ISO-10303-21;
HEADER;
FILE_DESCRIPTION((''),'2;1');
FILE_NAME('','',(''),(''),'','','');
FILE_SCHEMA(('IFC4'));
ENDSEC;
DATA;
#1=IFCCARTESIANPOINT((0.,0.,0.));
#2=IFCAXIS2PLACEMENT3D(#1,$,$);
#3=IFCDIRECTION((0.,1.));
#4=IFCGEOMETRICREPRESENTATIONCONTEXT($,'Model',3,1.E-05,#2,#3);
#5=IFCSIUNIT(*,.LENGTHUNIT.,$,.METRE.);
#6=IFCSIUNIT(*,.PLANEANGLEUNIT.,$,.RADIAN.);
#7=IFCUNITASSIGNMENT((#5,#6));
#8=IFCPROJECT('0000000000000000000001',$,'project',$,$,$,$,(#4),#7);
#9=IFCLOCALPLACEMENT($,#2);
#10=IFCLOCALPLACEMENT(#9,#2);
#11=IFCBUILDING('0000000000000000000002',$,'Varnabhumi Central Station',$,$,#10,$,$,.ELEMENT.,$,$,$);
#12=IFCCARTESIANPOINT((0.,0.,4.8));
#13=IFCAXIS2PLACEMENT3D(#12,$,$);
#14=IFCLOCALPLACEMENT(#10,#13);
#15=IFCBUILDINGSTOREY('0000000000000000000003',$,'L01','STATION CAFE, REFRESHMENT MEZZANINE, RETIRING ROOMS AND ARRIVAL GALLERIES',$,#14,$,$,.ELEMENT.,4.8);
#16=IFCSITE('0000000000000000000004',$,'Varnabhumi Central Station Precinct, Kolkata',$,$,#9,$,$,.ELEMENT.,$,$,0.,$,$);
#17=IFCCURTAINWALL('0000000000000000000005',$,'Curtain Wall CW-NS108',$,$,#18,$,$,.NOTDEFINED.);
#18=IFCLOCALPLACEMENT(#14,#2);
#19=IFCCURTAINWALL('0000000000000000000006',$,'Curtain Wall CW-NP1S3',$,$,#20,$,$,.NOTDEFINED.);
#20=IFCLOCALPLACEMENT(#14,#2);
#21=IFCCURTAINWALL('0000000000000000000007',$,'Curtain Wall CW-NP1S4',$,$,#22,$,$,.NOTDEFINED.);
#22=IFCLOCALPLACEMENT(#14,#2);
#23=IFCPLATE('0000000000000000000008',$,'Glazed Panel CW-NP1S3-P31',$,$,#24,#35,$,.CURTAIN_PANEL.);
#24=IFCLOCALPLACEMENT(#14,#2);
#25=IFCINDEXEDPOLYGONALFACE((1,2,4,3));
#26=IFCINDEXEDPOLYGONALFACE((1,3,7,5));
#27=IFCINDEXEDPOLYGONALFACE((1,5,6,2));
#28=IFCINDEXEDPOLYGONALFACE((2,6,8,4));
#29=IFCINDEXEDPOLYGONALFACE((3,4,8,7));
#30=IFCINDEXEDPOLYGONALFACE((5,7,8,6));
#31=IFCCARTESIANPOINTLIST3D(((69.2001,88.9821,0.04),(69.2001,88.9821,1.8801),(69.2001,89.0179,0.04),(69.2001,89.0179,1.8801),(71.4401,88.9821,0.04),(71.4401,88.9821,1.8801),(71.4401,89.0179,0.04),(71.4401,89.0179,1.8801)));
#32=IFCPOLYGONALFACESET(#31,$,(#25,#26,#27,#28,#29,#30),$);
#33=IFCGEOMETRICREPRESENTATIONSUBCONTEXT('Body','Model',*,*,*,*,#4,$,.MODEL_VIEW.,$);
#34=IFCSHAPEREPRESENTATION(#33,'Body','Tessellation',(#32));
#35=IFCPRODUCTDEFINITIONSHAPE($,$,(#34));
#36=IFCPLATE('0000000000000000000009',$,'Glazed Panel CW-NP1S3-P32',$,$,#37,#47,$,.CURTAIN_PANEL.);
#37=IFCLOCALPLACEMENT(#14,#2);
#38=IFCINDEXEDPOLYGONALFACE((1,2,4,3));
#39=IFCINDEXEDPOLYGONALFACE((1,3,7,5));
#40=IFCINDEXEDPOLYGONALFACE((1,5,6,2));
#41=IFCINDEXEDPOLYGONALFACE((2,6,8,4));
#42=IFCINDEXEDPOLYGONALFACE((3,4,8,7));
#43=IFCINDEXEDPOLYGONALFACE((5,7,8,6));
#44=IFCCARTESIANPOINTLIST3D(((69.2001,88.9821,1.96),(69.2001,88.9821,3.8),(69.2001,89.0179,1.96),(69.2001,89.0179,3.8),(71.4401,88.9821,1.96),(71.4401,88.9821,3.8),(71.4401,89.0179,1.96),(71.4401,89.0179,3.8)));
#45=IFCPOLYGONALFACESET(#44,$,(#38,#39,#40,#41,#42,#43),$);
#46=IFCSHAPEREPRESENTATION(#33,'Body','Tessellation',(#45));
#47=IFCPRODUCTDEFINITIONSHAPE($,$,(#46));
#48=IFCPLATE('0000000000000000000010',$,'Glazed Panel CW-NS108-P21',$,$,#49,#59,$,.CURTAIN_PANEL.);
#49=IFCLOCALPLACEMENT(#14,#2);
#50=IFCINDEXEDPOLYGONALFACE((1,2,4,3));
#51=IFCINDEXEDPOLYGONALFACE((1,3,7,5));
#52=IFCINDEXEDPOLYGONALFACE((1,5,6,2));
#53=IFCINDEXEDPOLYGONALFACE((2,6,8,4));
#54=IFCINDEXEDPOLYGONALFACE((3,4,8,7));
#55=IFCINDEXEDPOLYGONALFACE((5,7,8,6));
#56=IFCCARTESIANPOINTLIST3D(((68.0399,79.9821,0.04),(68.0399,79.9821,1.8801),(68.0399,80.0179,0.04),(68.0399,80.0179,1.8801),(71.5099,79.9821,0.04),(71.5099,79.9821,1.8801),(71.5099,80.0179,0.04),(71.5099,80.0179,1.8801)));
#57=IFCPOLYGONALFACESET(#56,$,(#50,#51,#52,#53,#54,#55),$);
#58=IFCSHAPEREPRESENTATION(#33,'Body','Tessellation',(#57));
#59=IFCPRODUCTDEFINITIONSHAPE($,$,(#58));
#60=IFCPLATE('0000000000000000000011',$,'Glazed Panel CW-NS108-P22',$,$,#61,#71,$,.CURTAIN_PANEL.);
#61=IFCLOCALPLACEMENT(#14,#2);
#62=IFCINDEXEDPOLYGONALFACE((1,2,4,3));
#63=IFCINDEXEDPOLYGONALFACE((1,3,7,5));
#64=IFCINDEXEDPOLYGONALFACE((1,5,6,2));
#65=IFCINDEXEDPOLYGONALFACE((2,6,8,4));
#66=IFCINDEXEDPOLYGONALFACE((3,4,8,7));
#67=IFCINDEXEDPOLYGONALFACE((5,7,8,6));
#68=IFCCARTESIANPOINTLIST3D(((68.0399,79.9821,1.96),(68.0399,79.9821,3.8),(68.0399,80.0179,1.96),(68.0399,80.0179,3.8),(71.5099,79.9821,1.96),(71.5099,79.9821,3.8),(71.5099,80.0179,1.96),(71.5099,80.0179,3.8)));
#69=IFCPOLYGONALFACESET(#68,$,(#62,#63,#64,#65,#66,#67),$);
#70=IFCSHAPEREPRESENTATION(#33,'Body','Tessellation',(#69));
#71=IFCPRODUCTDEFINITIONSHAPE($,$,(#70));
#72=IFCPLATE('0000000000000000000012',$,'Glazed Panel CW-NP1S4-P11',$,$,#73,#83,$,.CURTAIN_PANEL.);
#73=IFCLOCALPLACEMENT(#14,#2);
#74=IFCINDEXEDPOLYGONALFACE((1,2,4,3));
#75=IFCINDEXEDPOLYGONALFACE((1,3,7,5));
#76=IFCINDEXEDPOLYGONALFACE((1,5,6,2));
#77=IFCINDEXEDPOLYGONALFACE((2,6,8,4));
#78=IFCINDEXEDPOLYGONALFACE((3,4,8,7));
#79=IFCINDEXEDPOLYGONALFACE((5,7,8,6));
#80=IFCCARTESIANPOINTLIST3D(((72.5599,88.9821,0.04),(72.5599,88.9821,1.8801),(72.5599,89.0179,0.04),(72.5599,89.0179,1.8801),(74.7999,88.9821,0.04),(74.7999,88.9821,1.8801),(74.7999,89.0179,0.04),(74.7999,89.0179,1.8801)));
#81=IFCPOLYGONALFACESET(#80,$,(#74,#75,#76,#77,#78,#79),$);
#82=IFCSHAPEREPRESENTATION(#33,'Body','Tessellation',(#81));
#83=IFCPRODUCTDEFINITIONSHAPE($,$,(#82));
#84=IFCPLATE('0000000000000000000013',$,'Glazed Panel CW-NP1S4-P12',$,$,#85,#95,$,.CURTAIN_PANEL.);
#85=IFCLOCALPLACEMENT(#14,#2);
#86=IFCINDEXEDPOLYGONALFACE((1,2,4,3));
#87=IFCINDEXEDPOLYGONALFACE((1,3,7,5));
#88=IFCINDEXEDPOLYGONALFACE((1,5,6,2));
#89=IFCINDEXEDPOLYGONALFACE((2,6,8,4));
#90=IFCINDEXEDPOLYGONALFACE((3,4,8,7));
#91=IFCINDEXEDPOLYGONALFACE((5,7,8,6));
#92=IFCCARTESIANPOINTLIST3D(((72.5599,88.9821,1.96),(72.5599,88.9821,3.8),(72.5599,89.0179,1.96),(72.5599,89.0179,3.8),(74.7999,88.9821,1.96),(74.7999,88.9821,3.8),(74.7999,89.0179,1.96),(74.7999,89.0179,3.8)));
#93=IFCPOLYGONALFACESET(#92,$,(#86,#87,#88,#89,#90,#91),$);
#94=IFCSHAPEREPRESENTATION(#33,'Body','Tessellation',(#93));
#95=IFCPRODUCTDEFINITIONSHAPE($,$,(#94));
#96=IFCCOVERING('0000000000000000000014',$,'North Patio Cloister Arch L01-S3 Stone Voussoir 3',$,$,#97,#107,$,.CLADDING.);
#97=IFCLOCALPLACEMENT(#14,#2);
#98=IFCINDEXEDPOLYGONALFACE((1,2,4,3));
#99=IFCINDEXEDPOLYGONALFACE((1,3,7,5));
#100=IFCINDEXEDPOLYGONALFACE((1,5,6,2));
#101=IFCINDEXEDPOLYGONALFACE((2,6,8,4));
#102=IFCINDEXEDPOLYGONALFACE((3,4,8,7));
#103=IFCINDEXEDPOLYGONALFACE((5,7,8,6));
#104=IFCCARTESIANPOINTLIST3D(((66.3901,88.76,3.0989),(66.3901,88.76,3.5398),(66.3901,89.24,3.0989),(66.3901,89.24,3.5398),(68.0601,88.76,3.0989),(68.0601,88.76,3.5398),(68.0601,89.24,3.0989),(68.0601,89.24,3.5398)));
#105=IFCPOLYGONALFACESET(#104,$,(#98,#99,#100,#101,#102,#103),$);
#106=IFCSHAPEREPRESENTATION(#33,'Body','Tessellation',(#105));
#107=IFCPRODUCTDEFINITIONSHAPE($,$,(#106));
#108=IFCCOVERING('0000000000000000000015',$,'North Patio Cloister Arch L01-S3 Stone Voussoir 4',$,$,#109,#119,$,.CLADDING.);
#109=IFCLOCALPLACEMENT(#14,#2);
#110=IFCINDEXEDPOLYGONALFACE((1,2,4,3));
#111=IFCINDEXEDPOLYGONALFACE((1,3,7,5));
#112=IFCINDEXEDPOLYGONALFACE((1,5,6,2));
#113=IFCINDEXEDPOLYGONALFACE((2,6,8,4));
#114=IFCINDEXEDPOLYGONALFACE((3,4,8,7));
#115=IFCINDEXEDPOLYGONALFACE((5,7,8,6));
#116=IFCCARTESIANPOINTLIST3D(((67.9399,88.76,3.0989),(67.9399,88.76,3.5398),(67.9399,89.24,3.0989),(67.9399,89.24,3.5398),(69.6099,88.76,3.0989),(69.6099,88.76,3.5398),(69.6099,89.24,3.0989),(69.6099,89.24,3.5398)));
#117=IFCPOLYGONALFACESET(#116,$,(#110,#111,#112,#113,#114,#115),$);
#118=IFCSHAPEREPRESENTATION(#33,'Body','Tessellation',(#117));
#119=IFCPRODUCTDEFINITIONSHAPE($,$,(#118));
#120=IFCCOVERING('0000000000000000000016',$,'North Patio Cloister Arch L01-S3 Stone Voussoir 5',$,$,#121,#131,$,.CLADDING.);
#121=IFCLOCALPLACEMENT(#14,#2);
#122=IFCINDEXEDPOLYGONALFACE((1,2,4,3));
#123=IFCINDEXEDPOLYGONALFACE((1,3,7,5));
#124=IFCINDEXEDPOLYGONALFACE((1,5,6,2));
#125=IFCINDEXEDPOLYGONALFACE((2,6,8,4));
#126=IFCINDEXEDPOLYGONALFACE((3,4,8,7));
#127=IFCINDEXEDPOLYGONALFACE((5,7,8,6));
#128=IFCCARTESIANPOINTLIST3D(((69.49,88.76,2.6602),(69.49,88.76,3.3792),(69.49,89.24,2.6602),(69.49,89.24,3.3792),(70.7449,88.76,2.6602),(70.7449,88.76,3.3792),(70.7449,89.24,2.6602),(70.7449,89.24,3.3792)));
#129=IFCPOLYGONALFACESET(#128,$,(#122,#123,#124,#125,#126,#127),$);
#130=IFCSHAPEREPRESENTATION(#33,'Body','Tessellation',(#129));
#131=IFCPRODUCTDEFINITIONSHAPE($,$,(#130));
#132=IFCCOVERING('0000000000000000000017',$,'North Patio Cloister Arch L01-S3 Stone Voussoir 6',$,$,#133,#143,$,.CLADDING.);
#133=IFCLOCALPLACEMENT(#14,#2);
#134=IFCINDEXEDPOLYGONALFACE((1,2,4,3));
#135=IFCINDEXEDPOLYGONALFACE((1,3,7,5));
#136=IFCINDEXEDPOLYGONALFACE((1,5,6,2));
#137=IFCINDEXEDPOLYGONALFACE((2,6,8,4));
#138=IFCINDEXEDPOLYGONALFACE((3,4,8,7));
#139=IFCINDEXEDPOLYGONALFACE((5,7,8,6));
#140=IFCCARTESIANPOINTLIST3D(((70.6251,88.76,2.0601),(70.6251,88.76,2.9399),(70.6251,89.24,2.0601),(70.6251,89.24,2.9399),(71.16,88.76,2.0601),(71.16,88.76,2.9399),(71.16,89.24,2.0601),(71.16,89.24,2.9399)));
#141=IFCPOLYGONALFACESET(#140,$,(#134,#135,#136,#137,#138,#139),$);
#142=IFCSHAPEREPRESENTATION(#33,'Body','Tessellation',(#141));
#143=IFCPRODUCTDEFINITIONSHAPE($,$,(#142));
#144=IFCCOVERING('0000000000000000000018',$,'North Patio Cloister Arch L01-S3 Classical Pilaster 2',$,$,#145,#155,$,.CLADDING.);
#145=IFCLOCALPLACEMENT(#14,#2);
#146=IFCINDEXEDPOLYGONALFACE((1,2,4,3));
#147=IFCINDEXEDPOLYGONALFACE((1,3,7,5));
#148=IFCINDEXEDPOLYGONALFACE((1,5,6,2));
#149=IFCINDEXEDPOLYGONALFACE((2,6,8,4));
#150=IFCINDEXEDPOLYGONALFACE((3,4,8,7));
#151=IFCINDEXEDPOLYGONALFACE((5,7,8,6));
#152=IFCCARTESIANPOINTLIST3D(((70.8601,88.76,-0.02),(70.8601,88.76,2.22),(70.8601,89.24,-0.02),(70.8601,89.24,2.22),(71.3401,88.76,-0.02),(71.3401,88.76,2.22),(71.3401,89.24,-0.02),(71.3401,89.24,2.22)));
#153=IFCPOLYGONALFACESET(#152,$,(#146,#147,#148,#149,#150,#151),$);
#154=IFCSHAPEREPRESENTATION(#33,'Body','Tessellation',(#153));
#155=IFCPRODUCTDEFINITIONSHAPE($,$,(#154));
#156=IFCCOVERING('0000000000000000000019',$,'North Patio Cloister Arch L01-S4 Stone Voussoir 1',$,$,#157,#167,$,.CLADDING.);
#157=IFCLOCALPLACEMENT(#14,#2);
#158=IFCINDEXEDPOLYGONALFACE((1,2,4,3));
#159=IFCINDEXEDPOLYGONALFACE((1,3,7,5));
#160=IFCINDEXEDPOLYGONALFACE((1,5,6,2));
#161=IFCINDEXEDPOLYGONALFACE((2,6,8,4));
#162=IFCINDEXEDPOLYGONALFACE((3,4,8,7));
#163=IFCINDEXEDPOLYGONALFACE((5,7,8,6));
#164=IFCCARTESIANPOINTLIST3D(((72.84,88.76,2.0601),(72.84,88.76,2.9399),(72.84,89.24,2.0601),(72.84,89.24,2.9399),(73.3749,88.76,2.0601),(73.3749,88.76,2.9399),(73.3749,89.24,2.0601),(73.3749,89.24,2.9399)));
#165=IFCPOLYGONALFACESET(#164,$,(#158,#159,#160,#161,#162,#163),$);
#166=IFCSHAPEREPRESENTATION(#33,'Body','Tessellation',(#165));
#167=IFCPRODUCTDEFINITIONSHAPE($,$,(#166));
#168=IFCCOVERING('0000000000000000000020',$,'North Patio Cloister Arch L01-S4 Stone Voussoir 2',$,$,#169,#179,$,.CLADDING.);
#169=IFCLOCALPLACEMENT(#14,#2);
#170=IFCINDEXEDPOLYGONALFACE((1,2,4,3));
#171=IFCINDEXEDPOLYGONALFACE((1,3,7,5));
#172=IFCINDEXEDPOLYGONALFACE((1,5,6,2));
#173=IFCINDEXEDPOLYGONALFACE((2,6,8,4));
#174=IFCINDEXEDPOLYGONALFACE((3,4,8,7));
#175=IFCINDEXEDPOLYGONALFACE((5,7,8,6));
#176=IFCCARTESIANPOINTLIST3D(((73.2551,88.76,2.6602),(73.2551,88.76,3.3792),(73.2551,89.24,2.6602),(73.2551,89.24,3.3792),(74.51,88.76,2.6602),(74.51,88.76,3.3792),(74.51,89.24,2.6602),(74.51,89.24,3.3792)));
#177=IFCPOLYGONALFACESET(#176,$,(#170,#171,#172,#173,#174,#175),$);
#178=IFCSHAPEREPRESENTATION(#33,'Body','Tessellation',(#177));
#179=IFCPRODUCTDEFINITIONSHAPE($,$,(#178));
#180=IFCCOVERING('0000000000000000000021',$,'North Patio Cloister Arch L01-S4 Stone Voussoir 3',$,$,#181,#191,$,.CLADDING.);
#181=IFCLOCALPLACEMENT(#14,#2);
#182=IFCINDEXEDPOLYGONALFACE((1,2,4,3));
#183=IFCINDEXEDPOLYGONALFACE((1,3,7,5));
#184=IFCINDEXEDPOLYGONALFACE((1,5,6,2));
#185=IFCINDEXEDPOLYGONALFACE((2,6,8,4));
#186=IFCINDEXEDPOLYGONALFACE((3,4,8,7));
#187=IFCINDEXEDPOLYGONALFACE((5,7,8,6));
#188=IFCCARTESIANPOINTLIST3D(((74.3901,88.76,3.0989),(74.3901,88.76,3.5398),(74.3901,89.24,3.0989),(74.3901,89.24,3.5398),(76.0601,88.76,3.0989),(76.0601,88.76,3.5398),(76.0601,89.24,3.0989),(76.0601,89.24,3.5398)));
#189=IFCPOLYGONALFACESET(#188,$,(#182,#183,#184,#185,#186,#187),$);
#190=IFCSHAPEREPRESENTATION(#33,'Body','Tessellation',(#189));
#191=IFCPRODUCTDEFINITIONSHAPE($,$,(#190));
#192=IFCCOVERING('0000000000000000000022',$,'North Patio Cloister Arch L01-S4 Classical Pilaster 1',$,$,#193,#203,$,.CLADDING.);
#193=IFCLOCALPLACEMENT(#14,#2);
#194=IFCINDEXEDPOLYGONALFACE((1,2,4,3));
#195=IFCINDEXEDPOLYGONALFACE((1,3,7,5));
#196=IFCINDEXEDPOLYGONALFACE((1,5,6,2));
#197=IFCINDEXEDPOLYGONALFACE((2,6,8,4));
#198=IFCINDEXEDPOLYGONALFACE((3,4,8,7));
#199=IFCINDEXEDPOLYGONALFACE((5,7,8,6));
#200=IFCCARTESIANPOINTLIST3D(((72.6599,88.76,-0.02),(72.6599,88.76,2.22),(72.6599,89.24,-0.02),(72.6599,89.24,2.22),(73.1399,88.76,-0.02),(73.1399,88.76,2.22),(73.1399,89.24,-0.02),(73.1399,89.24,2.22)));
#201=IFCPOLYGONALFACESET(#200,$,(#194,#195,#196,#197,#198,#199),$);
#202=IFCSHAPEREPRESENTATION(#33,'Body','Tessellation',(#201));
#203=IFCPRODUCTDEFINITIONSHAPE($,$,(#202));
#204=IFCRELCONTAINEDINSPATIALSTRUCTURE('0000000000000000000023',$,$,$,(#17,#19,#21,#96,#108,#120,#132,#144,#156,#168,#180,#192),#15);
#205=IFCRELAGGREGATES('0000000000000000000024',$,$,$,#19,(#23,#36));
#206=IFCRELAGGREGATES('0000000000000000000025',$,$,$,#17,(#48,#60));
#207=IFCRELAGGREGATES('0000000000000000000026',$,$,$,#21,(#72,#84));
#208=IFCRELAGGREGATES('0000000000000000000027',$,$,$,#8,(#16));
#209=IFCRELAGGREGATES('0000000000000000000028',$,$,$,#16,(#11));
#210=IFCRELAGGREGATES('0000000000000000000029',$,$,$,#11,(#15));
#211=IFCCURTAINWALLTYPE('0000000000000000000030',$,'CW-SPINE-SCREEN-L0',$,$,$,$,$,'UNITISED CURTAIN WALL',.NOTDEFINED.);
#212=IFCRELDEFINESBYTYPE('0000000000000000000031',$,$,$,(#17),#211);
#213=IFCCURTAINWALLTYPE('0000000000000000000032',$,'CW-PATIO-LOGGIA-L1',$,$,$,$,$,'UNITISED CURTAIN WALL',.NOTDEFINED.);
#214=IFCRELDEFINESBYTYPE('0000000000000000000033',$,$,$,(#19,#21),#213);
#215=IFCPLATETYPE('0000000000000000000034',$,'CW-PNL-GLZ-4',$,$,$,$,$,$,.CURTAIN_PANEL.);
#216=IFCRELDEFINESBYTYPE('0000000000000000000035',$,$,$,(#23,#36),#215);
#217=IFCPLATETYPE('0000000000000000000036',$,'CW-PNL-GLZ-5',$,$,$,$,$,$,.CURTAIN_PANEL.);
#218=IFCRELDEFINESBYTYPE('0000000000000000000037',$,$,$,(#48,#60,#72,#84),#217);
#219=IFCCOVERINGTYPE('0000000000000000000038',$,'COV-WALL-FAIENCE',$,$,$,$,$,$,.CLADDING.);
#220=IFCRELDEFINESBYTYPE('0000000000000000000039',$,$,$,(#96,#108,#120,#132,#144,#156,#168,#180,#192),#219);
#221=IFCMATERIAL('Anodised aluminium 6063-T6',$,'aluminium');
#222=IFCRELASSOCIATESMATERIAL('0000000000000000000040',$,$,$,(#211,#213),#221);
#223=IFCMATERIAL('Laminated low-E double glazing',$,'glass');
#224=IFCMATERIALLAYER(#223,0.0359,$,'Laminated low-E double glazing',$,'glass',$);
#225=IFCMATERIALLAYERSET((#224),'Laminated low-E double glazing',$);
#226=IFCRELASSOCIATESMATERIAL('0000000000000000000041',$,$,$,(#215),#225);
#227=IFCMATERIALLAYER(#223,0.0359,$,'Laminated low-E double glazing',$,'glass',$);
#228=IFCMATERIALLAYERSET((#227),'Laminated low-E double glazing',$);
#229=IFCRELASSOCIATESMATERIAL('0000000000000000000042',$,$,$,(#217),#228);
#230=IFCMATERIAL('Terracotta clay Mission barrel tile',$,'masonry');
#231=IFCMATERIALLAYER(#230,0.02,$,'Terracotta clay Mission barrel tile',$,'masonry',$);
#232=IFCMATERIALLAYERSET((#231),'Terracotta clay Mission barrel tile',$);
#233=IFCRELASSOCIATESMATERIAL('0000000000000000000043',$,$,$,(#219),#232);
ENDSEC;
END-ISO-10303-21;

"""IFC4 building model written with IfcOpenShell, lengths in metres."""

from ifc_helpers import new_model, si_unit, direction, frame, origin, origin_2d, place, context, subcontext, project, spatial, rectangle, extrude, material, layer, layer_set, type_object, element, aggregate, save


model = new_model("IFC4")

# Units and contexts
model_context = context("Model", 3, precision=1e-05, world=origin(), true_north=direction((0.0, 1.0)))
body_context = subcontext(model_context, "Body", "Model", "MODEL_VIEW")
ifc_project = project(units=[si_unit("LENGTHUNIT", "METRE"), si_unit("PLANEANGLEUNIT", "RADIAN")], contexts=[model_context])

# Site, building, storey
site_placement = place(None, origin())
site = spatial("IfcSite", under=ifc_project, at=site_placement, Name="Varnabhumi Central Station Precinct, Kolkata", CompositionType="ELEMENT", RefElevation=0.0)
building_placement = place(site_placement, origin())
building = spatial("IfcBuilding", under=site, at=building_placement, Name="Varnabhumi Central Station", CompositionType="ELEMENT")
storey_placement = place(building_placement, frame((0.0, 0.0, 4.8)))
storey = spatial("IfcBuildingStorey", under=building, at=storey_placement, Name="L01", Description="STATION CAFE, REFRESHMENT MEZZANINE, RETIRING ROOMS AND ARRIVAL GALLERIES", CompositionType="ELEMENT", Elevation=4.8)

# Curtain walls
ifc_material_1 = material(Name="Anodised aluminium 6063-T6", Category="aluminium")
curtain_wall_type_1 = type_object("IfcCurtainWallType", Name="CW-SPINE-SCREEN-L0", ElementType="UNITISED CURTAIN WALL", PredefinedType="NOTDEFINED", material=ifc_material_1)
curtain_wall_1_placement = place(storey_placement, origin())
curtain_wall_1 = element("IfcCurtainWall", 1, at=curtain_wall_1_placement, inside=storey, type_object=curtain_wall_type_1, Name="Curtain Wall CW-NS108", PredefinedType="NOTDEFINED")
curtain_wall_type_2 = type_object("IfcCurtainWallType", Name="CW-PATIO-LOGGIA-L1", ElementType="UNITISED CURTAIN WALL", PredefinedType="NOTDEFINED", material=ifc_material_1)
curtain_wall_2_placement = place(storey_placement, origin())
curtain_wall_2 = element("IfcCurtainWall", 2, at=curtain_wall_2_placement, inside=storey, type_object=curtain_wall_type_2, Name="Curtain Wall CW-NP1S3", PredefinedType="NOTDEFINED")
curtain_wall_3_placement = place(storey_placement, origin())
curtain_wall_3 = element("IfcCurtainWall", 3, at=curtain_wall_3_placement, inside=storey, type_object=curtain_wall_type_2, Name="Curtain Wall CW-NP1S4", PredefinedType="NOTDEFINED")

# Plates
ifc_material_2 = material(Name="Laminated low-E double glazing", Category="glass")
ifc_layer_1 = layer(ifc_material_2, 0.0359, Name="Laminated low-E double glazing", Category="glass")
ifc_layer_set_1 = layer_set([ifc_layer_1], Name="Laminated low-E double glazing")
plate_type_1 = type_object("IfcPlateType", Name="CW-PNL-GLZ-4", PredefinedType="CURTAIN_PANEL", material=ifc_layer_set_1)
plate_1_placement = place(storey_placement, frame((70.3201, 89.0, 0.04), z_axis=(0.0, 0.0, 1.0), x_axis=(1.0, 0.0, 0.0)))
plate_1 = element("IfcPlate", 4, at=plate_1_placement, type_object=plate_type_1, Name="Glazed Panel CW-NP1S3-P31", PredefinedType="CURTAIN_PANEL", context=body_context, shape_type="SweptSolid", body=[
    extrude(rectangle(XDim=2.24, YDim=0.0359, at=origin_2d()), origin(), (0.0, 0.0, 1.0), 1.8401),
])
plate_2_placement = place(storey_placement, frame((70.3201, 89.0, 1.96), z_axis=(0.0, 0.0, 1.0), x_axis=(1.0, 0.0, 0.0)))
plate_2 = element("IfcPlate", 5, at=plate_2_placement, type_object=plate_type_1, Name="Glazed Panel CW-NP1S3-P32", PredefinedType="CURTAIN_PANEL", context=body_context, shape_type="SweptSolid", body=[
    extrude(rectangle(XDim=2.24, YDim=0.0359, at=origin_2d()), origin(), (0.0, 0.0, 1.0), 1.8401),
])
aggregate(curtain_wall_2, [plate_1, plate_2])
ifc_layer_2 = layer(ifc_material_2, 0.0359, Name="Laminated low-E double glazing", Category="glass")
ifc_layer_set_2 = layer_set([ifc_layer_2], Name="Laminated low-E double glazing")
plate_type_2 = type_object("IfcPlateType", Name="CW-PNL-GLZ-5", PredefinedType="CURTAIN_PANEL", material=ifc_layer_set_2)
plate_3_placement = place(storey_placement, frame((69.7749, 80.0, 0.04), z_axis=(0.0, 0.0, 1.0), x_axis=(1.0, 0.0, 0.0)))
plate_3 = element("IfcPlate", 6, at=plate_3_placement, type_object=plate_type_2, Name="Glazed Panel CW-NS108-P21", PredefinedType="CURTAIN_PANEL", context=body_context, shape_type="SweptSolid", body=[
    extrude(rectangle(XDim=3.47, YDim=0.0359, at=origin_2d()), origin(), (0.0, 0.0, 1.0), 1.8401),
])
plate_4_placement = place(storey_placement, frame((69.7749, 80.0, 1.96), z_axis=(0.0, 0.0, 1.0), x_axis=(1.0, 0.0, 0.0)))
plate_4 = element("IfcPlate", 7, at=plate_4_placement, type_object=plate_type_2, Name="Glazed Panel CW-NS108-P22", PredefinedType="CURTAIN_PANEL", context=body_context, shape_type="SweptSolid", body=[
    extrude(rectangle(XDim=3.47, YDim=0.0359, at=origin_2d()), origin(), (0.0, 0.0, 1.0), 1.8401),
])
aggregate(curtain_wall_1, [plate_3, plate_4])
plate_5_placement = place(storey_placement, frame((73.6799, 89.0, 0.04), z_axis=(0.0, 0.0, 1.0), x_axis=(1.0, 0.0, 0.0)))
plate_5 = element("IfcPlate", 8, at=plate_5_placement, type_object=plate_type_2, Name="Glazed Panel CW-NP1S4-P11", PredefinedType="CURTAIN_PANEL", context=body_context, shape_type="SweptSolid", body=[
    extrude(rectangle(XDim=2.24, YDim=0.0359, at=origin_2d()), origin(), (0.0, 0.0, 1.0), 1.8401),
])
plate_6_placement = place(storey_placement, frame((73.6799, 89.0, 1.96), z_axis=(0.0, 0.0, 1.0), x_axis=(1.0, 0.0, 0.0)))
plate_6 = element("IfcPlate", 9, at=plate_6_placement, type_object=plate_type_2, Name="Glazed Panel CW-NP1S4-P12", PredefinedType="CURTAIN_PANEL", context=body_context, shape_type="SweptSolid", body=[
    extrude(rectangle(XDim=2.24, YDim=0.0359, at=origin_2d()), origin(), (0.0, 0.0, 1.0), 1.8401),
])
aggregate(curtain_wall_3, [plate_5, plate_6])

# Coverings
ifc_material_3 = material(Name="Terracotta clay Mission barrel tile", Category="masonry")
ifc_layer_3 = layer(ifc_material_3, 0.02, Name="Terracotta clay Mission barrel tile", Category="masonry")
ifc_layer_set_3 = layer_set([ifc_layer_3], Name="Terracotta clay Mission barrel tile")
covering_type = type_object("IfcCoveringType", Name="COV-WALL-FAIENCE", PredefinedType="CLADDING", material=ifc_layer_set_3)
for number, where, z_axis, x_axis, name in (
    (10, (67.2251, 89.0, 3.0989), (0.0, 0.0, 1.0), (1.0, 0.0, 0.0), "North Patio Cloister Arch L01-S3 Stone Voussoir 3"),
    (11, (68.7749, 89.0, 3.0989), (0.0, 0.0, 1.0), (1.0, 0.0, 0.0), "North Patio Cloister Arch L01-S3 Stone Voussoir 4"),
):
    element("IfcCovering", number, at=place(storey_placement, frame(where, z_axis=z_axis, x_axis=x_axis)), inside=storey, type_object=covering_type, Name=name, PredefinedType="CLADDING", context=body_context, shape_type="SweptSolid", body=[
        extrude(rectangle(XDim=1.6699, YDim=0.48, at=origin_2d()), origin(), (0.0, 0.0, 1.0), 0.4409),
    ])
covering_1_placement = place(storey_placement, frame((70.1174, 89.0, 2.6602), z_axis=(0.0, 0.0, 1.0), x_axis=(1.0, 0.0, 0.0)))
element("IfcCovering", 12, at=covering_1_placement, inside=storey, type_object=covering_type, Name="North Patio Cloister Arch L01-S3 Stone Voussoir 5", PredefinedType="CLADDING", context=body_context, shape_type="SweptSolid", body=[
    extrude(rectangle(XDim=1.2549, YDim=0.48, at=origin_2d()), origin(), (0.0, 0.0, 1.0), 0.719),
])
covering_2_placement = place(storey_placement, frame((70.8926, 89.0, 2.0601), z_axis=(0.0, 0.0, 1.0), x_axis=(1.0, 0.0, 0.0)))
element("IfcCovering", 13, at=covering_2_placement, inside=storey, type_object=covering_type, Name="North Patio Cloister Arch L01-S3 Stone Voussoir 6", PredefinedType="CLADDING", context=body_context, shape_type="SweptSolid", body=[
    extrude(rectangle(XDim=0.5349, YDim=0.48, at=origin_2d()), origin(), (0.0, 0.0, 1.0), 0.8799),
])
covering_3_placement = place(storey_placement, frame((71.1001, 89.0, -0.02), z_axis=(0.0, 0.0, 1.0), x_axis=(1.0, 0.0, 0.0)))
element("IfcCovering", 14, at=covering_3_placement, inside=storey, type_object=covering_type, Name="North Patio Cloister Arch L01-S3 Classical Pilaster 2", PredefinedType="CLADDING", context=body_context, shape_type="SweptSolid", body=[
    extrude(rectangle(XDim=0.48, YDim=0.48, at=origin_2d()), origin(), (0.0, 0.0, 1.0), 2.24),
])
covering_4_placement = place(storey_placement, frame((73.1074, 89.0, 2.0601), z_axis=(0.0, 0.0, 1.0), x_axis=(1.0, 0.0, 0.0)))
element("IfcCovering", 15, at=covering_4_placement, inside=storey, type_object=covering_type, Name="North Patio Cloister Arch L01-S4 Stone Voussoir 1", PredefinedType="CLADDING", context=body_context, shape_type="SweptSolid", body=[
    extrude(rectangle(XDim=0.5349, YDim=0.48, at=origin_2d()), origin(), (0.0, 0.0, 1.0), 0.8799),
])
covering_5_placement = place(storey_placement, frame((73.8826, 89.0, 2.6602), z_axis=(0.0, 0.0, 1.0), x_axis=(1.0, 0.0, 0.0)))
element("IfcCovering", 16, at=covering_5_placement, inside=storey, type_object=covering_type, Name="North Patio Cloister Arch L01-S4 Stone Voussoir 2", PredefinedType="CLADDING", context=body_context, shape_type="SweptSolid", body=[
    extrude(rectangle(XDim=1.2549, YDim=0.48, at=origin_2d()), origin(), (0.0, 0.0, 1.0), 0.719),
])
covering_6_placement = place(storey_placement, frame((75.2251, 89.0, 3.0989), z_axis=(0.0, 0.0, 1.0), x_axis=(1.0, 0.0, 0.0)))
element("IfcCovering", 17, at=covering_6_placement, inside=storey, type_object=covering_type, Name="North Patio Cloister Arch L01-S4 Stone Voussoir 3", PredefinedType="CLADDING", context=body_context, shape_type="SweptSolid", body=[
    extrude(rectangle(XDim=1.6699, YDim=0.48, at=origin_2d()), origin(), (0.0, 0.0, 1.0), 0.4409),
])
covering_7_placement = place(storey_placement, frame((72.8999, 89.0, -0.02), z_axis=(0.0, 0.0, 1.0), x_axis=(1.0, 0.0, 0.0)))
element("IfcCovering", 18, at=covering_7_placement, inside=storey, type_object=covering_type, Name="North Patio Cloister Arch L01-S4 Classical Pilaster 1", PredefinedType="CLADDING", context=body_context, shape_type="SweptSolid", body=[
    extrude(rectangle(XDim=0.48, YDim=0.48, at=origin_2d()), origin(), (0.0, 0.0, 1.0), 2.24),
])

save(model, "model.ifc")
